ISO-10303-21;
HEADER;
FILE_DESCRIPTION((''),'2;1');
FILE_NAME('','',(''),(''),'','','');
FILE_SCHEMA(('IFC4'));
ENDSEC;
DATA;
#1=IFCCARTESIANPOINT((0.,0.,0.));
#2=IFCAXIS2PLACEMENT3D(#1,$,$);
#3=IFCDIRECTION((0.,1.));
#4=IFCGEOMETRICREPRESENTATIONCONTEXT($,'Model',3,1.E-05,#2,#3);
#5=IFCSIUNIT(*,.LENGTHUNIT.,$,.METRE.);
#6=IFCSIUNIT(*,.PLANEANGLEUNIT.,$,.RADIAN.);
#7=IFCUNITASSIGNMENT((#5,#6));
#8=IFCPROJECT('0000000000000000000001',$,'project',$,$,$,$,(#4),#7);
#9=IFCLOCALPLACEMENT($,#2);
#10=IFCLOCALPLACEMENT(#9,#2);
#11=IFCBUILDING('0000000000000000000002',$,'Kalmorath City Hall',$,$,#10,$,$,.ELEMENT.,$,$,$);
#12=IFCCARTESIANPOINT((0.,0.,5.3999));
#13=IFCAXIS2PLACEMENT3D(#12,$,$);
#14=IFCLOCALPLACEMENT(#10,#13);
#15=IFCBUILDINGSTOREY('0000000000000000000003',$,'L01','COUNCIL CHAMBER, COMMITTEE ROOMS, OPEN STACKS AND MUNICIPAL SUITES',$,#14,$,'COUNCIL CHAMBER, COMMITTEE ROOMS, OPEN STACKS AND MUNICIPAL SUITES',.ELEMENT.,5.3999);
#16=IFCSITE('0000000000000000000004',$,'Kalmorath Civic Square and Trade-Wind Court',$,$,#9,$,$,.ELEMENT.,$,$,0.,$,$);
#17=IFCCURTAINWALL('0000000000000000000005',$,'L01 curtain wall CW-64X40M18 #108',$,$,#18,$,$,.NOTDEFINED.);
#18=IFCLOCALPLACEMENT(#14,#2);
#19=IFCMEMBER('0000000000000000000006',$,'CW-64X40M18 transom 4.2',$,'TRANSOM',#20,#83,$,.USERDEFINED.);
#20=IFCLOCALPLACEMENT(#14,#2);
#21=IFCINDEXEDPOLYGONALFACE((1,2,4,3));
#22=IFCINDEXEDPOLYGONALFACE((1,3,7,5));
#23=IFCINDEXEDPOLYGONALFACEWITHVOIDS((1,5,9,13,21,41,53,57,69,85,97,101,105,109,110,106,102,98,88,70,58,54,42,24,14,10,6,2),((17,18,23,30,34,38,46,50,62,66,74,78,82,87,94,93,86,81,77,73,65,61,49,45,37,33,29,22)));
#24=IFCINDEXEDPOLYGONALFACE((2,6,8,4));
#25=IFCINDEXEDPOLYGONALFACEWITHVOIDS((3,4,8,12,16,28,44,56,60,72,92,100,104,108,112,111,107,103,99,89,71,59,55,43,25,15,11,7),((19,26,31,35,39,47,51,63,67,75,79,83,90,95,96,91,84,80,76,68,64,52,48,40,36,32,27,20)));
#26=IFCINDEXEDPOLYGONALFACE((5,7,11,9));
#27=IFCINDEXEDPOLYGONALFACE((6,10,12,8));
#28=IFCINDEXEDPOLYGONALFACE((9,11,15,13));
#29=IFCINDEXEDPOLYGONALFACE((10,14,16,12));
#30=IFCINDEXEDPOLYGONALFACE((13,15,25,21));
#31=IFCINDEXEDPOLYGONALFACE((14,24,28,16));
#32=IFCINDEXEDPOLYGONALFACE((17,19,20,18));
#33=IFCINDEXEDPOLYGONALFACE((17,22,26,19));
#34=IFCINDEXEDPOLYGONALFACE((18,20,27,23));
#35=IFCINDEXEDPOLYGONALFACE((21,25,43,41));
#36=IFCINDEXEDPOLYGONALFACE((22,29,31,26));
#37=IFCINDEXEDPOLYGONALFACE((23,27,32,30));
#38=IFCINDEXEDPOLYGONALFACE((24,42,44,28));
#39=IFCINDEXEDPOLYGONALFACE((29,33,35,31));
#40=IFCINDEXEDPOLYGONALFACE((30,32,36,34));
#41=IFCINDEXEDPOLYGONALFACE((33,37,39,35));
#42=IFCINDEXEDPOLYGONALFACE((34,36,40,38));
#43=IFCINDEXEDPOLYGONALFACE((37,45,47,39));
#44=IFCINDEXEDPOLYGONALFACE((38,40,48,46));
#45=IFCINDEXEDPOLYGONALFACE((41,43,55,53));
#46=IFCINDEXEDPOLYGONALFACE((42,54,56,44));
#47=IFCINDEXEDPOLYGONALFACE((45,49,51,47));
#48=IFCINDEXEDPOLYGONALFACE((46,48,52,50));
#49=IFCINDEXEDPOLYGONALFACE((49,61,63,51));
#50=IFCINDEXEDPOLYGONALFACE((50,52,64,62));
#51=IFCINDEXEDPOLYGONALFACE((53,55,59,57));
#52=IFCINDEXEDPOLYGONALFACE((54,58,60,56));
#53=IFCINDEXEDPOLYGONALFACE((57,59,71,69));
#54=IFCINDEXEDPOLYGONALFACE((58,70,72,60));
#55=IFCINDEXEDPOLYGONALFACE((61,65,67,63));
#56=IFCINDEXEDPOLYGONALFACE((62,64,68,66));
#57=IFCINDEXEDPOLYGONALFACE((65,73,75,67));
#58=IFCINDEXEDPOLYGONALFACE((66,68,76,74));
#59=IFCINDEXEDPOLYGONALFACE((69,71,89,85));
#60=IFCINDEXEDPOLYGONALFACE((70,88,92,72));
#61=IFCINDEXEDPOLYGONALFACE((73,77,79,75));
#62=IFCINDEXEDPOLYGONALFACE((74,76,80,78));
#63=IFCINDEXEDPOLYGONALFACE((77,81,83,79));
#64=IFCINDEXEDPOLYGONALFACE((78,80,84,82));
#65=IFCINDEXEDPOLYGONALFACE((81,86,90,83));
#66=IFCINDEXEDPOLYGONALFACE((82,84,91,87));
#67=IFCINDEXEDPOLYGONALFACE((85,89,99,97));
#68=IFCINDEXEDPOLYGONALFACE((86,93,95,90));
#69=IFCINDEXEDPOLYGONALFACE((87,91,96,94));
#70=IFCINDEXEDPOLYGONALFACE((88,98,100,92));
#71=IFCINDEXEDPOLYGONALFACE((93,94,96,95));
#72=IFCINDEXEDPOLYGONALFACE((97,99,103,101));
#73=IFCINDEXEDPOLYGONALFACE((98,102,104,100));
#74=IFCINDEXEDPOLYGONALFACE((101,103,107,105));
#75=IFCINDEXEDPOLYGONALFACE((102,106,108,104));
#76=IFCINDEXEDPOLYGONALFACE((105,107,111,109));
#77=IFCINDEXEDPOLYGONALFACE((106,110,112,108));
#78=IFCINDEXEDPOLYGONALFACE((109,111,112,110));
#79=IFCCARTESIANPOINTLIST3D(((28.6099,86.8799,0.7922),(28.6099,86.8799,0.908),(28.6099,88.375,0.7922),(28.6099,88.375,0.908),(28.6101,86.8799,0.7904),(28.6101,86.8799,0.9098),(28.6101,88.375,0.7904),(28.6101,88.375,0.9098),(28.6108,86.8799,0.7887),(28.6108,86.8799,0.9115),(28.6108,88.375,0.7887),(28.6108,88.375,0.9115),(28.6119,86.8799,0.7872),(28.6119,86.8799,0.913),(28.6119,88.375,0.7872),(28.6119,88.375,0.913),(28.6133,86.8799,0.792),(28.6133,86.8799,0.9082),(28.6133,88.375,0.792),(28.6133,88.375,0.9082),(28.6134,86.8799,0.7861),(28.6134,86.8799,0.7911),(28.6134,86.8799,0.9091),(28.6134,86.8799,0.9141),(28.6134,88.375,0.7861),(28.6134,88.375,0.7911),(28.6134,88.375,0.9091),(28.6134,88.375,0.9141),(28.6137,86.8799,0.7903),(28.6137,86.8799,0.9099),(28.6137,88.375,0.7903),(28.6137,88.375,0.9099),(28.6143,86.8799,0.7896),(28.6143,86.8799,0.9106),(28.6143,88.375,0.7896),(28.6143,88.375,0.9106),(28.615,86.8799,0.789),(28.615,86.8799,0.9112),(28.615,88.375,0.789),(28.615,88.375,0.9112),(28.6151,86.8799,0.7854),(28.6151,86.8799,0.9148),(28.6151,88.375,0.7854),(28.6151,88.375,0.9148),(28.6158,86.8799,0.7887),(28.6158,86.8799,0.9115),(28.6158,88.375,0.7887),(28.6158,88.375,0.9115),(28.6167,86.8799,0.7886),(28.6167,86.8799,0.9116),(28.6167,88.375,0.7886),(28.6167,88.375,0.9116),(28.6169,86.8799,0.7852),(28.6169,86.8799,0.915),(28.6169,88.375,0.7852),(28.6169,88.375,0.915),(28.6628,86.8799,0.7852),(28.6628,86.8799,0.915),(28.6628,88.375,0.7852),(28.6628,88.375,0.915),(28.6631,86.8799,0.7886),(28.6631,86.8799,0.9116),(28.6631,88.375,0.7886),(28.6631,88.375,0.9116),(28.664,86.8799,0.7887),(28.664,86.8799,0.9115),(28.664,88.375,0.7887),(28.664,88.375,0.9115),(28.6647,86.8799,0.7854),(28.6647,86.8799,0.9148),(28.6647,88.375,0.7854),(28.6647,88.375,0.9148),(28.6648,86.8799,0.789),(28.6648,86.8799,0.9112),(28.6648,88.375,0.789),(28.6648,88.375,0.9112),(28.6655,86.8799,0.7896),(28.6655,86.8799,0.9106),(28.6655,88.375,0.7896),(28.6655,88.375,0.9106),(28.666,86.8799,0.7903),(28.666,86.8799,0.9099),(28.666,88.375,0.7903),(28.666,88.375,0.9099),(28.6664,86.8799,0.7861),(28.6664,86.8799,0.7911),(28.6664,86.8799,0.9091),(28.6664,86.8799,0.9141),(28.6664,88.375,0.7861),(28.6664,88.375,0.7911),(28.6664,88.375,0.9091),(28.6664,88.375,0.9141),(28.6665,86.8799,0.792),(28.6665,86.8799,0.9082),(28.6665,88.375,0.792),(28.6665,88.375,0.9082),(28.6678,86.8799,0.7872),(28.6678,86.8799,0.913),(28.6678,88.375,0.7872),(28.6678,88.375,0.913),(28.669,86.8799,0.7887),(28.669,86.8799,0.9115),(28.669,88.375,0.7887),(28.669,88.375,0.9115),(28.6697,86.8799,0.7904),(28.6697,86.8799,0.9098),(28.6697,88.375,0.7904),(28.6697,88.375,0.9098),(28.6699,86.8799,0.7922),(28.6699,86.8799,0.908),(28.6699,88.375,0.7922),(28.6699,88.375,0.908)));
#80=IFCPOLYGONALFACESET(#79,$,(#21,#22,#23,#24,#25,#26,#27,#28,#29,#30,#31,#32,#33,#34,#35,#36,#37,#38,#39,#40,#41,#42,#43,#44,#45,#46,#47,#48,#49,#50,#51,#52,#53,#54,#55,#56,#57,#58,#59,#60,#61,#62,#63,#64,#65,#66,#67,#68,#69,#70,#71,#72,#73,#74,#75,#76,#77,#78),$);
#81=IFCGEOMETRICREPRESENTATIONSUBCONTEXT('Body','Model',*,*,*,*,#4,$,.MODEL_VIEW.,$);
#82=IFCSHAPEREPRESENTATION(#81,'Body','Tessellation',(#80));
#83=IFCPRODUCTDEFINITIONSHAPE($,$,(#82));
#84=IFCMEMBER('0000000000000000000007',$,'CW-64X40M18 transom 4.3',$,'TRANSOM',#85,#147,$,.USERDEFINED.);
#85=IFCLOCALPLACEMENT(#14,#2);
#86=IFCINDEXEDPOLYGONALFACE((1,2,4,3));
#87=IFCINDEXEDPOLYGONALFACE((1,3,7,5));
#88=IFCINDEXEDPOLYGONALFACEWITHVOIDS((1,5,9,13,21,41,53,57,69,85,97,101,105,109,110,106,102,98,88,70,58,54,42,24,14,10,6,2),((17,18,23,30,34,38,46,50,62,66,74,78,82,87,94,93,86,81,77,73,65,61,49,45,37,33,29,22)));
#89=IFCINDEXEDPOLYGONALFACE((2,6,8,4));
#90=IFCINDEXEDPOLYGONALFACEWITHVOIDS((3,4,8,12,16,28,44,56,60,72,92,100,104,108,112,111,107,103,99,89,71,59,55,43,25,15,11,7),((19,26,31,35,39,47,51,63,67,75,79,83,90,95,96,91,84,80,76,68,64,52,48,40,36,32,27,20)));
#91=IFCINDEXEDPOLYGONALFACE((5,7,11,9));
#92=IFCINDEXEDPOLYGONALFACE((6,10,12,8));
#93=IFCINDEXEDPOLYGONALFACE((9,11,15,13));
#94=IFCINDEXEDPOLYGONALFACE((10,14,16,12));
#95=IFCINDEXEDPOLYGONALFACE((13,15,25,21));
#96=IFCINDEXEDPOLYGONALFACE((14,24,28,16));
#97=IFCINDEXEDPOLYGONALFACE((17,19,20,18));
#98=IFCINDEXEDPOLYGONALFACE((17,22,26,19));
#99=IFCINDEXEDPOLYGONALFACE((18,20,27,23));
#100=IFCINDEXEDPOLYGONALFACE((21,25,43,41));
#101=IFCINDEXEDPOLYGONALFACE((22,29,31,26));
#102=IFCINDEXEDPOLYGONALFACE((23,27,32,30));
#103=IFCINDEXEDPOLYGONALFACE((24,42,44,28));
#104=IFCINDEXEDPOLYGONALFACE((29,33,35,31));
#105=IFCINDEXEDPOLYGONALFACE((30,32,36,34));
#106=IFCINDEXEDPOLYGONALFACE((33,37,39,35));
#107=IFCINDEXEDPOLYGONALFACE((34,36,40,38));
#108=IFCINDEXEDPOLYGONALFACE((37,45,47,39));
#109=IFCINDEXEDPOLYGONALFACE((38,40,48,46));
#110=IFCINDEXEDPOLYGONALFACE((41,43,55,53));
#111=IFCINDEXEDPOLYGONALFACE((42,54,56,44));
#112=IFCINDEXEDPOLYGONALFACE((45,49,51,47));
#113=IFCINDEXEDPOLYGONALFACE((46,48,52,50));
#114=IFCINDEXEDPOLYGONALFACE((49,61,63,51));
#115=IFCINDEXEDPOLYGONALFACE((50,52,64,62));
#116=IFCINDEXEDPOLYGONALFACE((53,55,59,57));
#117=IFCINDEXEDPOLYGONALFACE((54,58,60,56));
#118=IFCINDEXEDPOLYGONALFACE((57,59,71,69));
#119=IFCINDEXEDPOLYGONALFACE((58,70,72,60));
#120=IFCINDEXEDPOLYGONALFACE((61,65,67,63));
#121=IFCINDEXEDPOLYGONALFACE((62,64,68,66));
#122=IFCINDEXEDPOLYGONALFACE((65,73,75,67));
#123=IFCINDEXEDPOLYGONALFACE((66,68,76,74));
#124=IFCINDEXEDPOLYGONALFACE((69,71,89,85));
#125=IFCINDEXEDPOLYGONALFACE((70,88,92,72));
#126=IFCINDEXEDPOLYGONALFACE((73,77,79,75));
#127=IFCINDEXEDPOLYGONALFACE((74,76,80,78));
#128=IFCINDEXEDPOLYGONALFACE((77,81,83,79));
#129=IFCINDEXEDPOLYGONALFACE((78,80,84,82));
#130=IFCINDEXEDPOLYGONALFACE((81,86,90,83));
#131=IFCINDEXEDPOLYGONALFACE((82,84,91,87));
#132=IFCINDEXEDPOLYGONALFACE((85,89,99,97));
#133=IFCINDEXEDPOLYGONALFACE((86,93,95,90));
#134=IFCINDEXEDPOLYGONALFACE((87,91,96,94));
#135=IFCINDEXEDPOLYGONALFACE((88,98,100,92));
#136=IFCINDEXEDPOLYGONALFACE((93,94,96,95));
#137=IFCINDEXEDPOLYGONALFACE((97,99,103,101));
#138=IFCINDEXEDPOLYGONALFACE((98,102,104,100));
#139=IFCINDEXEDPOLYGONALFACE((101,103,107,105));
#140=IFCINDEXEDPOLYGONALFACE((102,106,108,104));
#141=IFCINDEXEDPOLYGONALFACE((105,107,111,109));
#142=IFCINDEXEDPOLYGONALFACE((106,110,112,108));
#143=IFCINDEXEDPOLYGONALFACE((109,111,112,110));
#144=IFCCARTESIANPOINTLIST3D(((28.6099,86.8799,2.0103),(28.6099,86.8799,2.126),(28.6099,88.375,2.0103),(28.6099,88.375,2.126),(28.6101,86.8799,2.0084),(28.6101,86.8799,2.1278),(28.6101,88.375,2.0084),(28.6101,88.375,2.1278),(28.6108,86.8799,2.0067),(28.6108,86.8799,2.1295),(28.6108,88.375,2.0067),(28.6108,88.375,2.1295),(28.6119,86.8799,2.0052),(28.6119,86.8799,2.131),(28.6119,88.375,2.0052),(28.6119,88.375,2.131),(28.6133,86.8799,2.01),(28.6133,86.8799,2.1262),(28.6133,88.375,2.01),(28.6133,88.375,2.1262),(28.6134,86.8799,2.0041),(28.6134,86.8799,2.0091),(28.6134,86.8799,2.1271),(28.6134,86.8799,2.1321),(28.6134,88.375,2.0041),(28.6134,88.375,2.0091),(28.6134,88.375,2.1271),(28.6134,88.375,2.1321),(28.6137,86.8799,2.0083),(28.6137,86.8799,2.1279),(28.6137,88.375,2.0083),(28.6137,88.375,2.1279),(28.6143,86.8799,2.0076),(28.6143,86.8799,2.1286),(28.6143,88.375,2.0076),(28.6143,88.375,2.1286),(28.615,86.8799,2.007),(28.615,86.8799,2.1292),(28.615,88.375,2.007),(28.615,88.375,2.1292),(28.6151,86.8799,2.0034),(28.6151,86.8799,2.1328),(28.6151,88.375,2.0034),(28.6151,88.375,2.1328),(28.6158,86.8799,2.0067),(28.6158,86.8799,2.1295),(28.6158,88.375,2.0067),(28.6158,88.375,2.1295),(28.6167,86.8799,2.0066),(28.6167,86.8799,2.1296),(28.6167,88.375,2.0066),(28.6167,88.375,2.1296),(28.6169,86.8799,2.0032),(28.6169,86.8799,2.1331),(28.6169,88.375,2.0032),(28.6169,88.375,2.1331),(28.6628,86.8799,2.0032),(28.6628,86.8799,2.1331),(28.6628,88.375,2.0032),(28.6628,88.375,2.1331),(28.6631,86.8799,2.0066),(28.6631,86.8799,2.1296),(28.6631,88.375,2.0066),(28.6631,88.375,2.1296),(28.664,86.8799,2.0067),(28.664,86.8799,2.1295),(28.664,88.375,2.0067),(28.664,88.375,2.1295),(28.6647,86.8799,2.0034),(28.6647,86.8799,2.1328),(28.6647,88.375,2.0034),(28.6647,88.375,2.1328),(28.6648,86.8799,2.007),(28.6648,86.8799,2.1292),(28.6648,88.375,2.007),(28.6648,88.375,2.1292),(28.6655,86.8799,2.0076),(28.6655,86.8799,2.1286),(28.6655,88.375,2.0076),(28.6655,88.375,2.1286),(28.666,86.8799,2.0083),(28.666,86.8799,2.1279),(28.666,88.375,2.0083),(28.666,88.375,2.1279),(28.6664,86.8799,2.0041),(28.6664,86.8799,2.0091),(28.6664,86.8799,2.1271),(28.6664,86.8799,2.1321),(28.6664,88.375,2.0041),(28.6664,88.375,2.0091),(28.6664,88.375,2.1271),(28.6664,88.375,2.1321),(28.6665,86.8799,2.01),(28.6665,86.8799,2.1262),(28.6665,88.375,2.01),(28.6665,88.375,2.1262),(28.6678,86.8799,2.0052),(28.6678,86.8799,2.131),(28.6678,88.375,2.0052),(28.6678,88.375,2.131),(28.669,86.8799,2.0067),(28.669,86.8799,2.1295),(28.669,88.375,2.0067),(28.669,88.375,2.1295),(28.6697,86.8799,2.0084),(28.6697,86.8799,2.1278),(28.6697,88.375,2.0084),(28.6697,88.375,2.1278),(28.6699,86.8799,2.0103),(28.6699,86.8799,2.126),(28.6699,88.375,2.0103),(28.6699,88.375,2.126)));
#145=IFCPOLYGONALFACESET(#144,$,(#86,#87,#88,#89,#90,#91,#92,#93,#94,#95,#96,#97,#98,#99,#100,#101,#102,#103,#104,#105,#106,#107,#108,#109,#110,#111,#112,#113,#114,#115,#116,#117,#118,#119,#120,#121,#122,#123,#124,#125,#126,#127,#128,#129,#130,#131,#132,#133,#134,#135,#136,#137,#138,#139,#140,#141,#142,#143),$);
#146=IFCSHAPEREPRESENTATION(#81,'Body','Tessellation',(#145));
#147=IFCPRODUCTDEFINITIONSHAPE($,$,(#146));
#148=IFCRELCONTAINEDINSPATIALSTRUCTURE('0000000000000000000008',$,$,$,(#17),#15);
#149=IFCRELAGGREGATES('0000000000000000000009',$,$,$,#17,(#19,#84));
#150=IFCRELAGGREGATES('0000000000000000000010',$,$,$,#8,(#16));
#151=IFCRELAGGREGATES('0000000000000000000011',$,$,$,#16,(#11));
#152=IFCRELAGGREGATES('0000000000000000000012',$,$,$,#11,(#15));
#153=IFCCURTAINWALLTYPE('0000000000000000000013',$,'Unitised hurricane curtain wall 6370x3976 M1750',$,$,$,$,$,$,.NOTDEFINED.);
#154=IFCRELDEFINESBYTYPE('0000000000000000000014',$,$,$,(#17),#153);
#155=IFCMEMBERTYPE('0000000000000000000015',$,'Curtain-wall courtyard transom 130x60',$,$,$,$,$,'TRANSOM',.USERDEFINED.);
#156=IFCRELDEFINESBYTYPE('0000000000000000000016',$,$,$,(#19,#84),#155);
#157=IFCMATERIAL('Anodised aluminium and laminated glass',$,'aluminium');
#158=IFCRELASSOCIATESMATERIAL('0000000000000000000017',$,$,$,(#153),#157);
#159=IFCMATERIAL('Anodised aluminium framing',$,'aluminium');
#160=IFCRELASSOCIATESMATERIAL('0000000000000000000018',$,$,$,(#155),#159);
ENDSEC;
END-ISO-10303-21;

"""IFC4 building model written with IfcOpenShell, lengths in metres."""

from ifc_helpers import new_model, si_unit, direction, frame, origin, origin_2d, place, context, subcontext, project, spatial, hollow_rectangle, extrude, material, material_profile, profile_set, type_object, element, aggregate, save


model = new_model("IFC4")

# Units and contexts
model_context = context("Model", 3, precision=1e-05, world=origin(), true_north=direction((0.0, 1.0)))
body_context = subcontext(model_context, "Body", "Model", "MODEL_VIEW")
ifc_project = project(units=[si_unit("LENGTHUNIT", "METRE"), si_unit("PLANEANGLEUNIT", "RADIAN")], contexts=[model_context])

# Site, building, storey
site_placement = place(None, origin())
site = spatial("IfcSite", under=ifc_project, at=site_placement, Name="Kalmorath Civic Square and Trade-Wind Court", CompositionType="ELEMENT", RefElevation=0.0)
building_placement = place(site_placement, origin())
building = spatial("IfcBuilding", under=site, at=building_placement, Name="Kalmorath City Hall", CompositionType="ELEMENT")
storey_placement = place(building_placement, frame((0.0, 0.0, 5.3999)))
storey = spatial("IfcBuildingStorey", under=building, at=storey_placement, Name="L01", Description="COUNCIL CHAMBER, COMMITTEE ROOMS, OPEN STACKS AND MUNICIPAL SUITES", LongName="COUNCIL CHAMBER, COMMITTEE ROOMS, OPEN STACKS AND MUNICIPAL SUITES", CompositionType="ELEMENT", Elevation=5.3999)

# Curtain wall, members
ifc_material_1 = material(Name="Anodised aluminium and laminated glass", Category="aluminium")
curtain_wall_type = type_object("IfcCurtainWallType", Name="Unitised hurricane curtain wall 6370x3976 M1750", PredefinedType="NOTDEFINED", material=ifc_material_1)
curtain_wall_placement = place(storey_placement, origin())
curtain_wall = element("IfcCurtainWall", 1, at=curtain_wall_placement, inside=storey, type_object=curtain_wall_type, Name="L01 curtain wall CW-64X40M18 #108", PredefinedType="NOTDEFINED")
ifc_material_2 = material(Name="Anodised aluminium framing", Category="aluminium")
ifc_material_profile_1 = material_profile(ifc_material_2, hollow_rectangle(XDim=0.0601, YDim=0.1299, WallThickness=0.0034, InnerFilletRadius=0.0034, OuterFilletRadius=0.0071, at=origin_2d()), Name="ALU-TRN-130X60X3.5")
ifc_profile_set_1 = profile_set([ifc_material_profile_1], Name="Anodised aluminium framing")
member_type_1 = type_object("IfcMemberType", Name="Curtain-wall courtyard transom 130x60", ElementType="TRANSOM", PredefinedType="USERDEFINED", material=ifc_profile_set_1)
member_1_placement = place(storey_placement, frame((28.6399, 88.375, 0.8501), z_axis=(0.0, -1.0, 0.0), x_axis=(1.0, 0.0, 0.0)))
member_1 = element("IfcMember", 2, at=member_1_placement, type_object=member_type_1, Name="CW-64X40M18 transom 4.2", ObjectType="TRANSOM", PredefinedType="USERDEFINED", context=body_context, shape_type="SweptSolid", body=[
    extrude(hollow_rectangle(XDim=0.0601, YDim=0.1299, WallThickness=0.0034, InnerFilletRadius=0.0034, OuterFilletRadius=0.0071, at=origin_2d()), origin(), (0.0, 0.0, 1.0), 1.4951),
])
member_2_placement = place(storey_placement, frame((28.6399, 88.375, 2.0681), z_axis=(0.0, -1.0, 0.0), x_axis=(1.0, 0.0, 0.0)))
member_2 = element("IfcMember", 3, at=member_2_placement, type_object=member_type_1, Name="CW-64X40M18 transom 4.3", ObjectType="TRANSOM", PredefinedType="USERDEFINED", context=body_context, shape_type="SweptSolid", body=[
    extrude(hollow_rectangle(XDim=0.0601, YDim=0.1299, WallThickness=0.0034, InnerFilletRadius=0.0034, OuterFilletRadius=0.0071, at=origin_2d()), origin(), (0.0, 0.0, 1.0), 1.4951),
])
aggregate(curtain_wall, [member_1, member_2])

save(model, "model.ifc")
